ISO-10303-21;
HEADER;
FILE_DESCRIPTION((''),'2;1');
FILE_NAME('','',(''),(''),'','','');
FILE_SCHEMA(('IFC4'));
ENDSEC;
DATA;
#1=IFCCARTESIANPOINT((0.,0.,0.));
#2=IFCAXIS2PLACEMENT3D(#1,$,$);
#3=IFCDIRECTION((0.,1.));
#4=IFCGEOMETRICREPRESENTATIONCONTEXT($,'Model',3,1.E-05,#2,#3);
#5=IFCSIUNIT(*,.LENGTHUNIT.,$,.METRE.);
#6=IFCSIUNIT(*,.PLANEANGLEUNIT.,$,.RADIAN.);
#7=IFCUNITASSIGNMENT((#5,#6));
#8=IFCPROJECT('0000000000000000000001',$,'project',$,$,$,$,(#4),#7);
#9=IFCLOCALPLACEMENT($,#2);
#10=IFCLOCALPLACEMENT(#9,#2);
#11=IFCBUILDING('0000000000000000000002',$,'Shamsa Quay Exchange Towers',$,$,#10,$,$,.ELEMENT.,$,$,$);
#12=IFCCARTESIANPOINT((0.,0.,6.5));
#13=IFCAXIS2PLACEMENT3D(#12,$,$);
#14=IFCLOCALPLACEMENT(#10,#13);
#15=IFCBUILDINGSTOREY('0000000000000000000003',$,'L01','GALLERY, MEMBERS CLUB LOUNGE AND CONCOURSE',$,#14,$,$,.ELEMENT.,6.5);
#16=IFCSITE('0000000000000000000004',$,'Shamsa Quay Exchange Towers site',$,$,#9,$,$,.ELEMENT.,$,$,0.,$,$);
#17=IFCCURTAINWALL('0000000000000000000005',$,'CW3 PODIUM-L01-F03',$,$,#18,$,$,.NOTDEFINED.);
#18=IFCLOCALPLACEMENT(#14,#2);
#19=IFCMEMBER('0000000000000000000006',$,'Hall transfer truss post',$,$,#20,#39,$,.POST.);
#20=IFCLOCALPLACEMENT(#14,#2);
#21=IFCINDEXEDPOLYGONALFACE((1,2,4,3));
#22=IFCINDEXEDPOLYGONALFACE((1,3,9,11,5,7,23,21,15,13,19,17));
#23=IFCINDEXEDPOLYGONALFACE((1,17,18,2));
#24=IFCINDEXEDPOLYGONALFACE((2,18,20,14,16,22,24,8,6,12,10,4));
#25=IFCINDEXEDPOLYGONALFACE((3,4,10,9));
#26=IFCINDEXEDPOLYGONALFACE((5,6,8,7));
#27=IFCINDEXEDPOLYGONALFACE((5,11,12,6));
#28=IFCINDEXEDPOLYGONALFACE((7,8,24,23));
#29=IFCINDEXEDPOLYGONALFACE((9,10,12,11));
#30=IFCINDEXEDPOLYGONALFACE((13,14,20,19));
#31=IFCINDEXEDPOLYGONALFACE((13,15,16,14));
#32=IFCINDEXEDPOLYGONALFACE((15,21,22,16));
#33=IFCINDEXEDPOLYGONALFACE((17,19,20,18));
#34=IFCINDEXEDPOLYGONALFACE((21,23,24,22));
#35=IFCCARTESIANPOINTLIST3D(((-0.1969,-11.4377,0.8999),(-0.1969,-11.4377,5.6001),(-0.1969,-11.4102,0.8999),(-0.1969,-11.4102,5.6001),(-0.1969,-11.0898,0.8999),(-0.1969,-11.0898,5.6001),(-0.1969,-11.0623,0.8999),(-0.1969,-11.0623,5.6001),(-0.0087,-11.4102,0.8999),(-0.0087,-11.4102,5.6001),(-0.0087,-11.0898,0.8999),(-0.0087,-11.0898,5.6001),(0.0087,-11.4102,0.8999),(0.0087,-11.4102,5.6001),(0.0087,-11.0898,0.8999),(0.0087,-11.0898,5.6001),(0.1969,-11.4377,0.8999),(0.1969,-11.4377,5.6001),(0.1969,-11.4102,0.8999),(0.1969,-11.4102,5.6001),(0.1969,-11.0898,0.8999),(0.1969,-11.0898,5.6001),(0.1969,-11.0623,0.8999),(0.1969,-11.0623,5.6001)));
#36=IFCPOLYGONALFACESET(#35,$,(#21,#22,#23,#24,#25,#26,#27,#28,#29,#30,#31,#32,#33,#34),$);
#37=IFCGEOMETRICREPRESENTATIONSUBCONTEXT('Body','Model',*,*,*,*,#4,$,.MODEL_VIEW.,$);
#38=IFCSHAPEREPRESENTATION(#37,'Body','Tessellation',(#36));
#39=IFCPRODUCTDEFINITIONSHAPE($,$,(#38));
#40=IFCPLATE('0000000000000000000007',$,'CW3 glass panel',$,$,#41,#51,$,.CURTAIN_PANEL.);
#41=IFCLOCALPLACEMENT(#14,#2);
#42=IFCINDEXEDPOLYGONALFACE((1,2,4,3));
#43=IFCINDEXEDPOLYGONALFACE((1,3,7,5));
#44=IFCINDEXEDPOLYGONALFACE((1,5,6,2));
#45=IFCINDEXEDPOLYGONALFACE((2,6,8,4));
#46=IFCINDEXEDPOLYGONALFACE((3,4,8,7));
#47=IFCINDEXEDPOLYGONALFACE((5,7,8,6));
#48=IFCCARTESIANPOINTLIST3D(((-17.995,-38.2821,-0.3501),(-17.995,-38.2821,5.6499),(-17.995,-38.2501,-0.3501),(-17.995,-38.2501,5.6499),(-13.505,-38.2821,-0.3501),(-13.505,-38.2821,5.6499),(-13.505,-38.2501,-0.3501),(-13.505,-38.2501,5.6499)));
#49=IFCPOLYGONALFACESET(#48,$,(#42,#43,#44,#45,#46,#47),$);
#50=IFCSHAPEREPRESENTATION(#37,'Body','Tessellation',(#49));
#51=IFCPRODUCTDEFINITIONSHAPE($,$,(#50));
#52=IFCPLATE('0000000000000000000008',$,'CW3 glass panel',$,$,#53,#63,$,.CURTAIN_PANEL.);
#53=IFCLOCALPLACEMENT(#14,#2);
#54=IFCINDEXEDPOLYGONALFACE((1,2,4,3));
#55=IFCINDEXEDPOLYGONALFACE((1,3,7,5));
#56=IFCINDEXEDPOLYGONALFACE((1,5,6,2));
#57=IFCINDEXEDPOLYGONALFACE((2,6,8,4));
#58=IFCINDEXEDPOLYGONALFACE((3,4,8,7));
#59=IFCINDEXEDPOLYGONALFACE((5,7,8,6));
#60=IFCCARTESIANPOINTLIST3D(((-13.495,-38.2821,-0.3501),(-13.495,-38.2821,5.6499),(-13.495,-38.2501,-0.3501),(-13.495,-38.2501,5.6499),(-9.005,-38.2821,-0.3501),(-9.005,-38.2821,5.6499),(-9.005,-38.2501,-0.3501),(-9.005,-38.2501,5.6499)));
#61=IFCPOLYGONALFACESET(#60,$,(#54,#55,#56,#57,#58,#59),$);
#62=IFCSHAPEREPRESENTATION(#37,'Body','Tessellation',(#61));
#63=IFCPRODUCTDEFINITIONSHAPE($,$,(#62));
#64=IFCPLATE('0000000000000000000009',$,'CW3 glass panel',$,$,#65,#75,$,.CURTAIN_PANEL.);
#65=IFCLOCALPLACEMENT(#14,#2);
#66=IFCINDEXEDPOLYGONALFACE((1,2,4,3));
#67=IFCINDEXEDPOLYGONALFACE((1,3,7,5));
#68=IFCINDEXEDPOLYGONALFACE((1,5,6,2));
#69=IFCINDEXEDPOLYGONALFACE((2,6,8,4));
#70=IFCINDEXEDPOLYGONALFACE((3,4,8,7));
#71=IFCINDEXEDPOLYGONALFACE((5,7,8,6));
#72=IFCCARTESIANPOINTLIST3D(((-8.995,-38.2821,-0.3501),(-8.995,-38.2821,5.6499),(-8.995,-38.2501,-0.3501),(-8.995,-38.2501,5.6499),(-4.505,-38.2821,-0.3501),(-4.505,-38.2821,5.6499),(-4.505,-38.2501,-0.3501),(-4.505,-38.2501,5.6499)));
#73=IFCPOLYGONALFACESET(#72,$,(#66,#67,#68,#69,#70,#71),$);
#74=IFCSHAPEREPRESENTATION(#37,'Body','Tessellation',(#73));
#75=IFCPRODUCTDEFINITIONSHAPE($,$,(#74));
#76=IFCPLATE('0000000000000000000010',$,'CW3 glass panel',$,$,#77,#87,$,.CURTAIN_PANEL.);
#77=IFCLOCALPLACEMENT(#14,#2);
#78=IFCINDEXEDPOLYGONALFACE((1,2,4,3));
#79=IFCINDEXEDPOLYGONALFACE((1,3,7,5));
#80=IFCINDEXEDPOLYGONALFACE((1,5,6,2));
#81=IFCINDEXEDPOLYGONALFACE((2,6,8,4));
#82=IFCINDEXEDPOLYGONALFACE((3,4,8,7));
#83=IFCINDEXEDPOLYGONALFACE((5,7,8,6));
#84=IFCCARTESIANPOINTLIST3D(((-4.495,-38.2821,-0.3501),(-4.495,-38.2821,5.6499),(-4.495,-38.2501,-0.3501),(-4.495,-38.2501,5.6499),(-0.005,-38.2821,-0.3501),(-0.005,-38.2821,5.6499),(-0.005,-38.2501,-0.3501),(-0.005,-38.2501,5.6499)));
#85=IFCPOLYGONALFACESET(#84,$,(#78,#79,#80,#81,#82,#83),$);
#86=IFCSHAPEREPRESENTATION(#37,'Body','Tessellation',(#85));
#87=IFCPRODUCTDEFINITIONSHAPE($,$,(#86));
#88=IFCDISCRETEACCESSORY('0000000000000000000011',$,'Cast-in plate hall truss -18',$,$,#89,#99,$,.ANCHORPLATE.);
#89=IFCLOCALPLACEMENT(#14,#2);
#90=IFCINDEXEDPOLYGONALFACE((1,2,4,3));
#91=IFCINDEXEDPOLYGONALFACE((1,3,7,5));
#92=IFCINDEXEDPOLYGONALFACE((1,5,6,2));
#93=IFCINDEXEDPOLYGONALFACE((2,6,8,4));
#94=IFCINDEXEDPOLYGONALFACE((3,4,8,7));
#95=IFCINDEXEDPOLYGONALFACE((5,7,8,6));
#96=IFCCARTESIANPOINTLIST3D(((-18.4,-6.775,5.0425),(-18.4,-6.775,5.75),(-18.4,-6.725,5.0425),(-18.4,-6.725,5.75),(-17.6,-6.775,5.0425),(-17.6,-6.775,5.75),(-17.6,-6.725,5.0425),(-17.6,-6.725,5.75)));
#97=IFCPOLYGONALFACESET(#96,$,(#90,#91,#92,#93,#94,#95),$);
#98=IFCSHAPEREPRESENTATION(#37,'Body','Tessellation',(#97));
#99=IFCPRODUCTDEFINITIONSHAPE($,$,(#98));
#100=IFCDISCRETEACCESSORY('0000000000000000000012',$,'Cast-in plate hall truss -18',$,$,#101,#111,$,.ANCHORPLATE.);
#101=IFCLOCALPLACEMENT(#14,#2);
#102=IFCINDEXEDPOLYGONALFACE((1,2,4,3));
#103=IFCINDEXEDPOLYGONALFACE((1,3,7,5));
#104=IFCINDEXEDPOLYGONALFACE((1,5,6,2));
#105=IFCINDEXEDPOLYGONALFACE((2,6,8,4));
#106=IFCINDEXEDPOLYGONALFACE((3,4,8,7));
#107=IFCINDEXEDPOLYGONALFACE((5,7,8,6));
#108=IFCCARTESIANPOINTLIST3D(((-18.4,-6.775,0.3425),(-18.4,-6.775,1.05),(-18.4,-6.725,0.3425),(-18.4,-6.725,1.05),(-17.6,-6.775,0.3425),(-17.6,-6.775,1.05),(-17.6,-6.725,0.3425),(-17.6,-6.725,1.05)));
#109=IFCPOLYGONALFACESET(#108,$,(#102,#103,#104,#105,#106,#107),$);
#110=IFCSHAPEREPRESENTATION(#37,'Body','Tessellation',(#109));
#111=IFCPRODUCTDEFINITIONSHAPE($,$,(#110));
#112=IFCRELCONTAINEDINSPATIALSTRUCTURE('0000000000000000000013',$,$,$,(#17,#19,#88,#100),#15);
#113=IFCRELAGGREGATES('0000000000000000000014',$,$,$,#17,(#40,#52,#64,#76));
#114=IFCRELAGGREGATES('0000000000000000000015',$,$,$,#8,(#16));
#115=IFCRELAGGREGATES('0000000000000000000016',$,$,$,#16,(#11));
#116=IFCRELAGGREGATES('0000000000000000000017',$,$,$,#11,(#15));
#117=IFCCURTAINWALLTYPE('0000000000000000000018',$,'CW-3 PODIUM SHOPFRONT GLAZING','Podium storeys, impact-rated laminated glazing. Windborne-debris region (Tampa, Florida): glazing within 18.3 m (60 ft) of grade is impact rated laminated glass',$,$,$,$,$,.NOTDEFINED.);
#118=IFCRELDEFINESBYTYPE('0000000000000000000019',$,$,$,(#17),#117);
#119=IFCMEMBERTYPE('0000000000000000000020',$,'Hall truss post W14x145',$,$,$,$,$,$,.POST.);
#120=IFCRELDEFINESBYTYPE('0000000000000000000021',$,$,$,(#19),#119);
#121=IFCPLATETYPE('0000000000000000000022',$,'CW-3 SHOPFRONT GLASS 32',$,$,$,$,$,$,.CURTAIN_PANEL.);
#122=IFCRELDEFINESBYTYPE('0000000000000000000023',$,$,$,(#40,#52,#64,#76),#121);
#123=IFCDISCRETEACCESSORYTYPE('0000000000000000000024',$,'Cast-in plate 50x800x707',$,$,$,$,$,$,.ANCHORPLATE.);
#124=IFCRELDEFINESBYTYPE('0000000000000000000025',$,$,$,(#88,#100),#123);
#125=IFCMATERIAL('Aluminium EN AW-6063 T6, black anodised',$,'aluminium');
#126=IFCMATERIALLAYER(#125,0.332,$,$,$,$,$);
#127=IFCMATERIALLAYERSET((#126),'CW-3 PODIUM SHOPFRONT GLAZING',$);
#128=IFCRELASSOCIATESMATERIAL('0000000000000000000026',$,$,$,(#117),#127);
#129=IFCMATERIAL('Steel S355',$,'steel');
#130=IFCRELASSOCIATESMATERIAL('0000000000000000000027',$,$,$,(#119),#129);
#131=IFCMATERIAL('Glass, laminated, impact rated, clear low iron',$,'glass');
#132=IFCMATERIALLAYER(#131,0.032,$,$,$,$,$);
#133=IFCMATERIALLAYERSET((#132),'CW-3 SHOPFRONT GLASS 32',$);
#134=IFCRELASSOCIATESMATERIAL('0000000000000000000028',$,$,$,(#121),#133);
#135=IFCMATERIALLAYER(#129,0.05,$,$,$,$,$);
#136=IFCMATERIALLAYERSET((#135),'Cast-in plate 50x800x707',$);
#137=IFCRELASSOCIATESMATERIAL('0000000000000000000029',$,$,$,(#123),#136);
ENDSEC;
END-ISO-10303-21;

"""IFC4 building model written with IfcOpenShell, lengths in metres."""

from ifc_helpers import new_model, si_unit, direction, frame, origin, origin_2d, place, context, subcontext, project, spatial, rectangle, i_section, extrude, material, layer, layer_set, material_profile, profile_set, type_object, element, aggregate, save


model = new_model("IFC4")

# Units and contexts
model_context = context("Model", 3, precision=1e-05, world=origin(), true_north=direction((0.0, 1.0)))
body_context = subcontext(model_context, "Body", "Model", "MODEL_VIEW")
ifc_project = project(units=[si_unit("LENGTHUNIT", "METRE"), si_unit("PLANEANGLEUNIT", "RADIAN")], contexts=[model_context])

# Site, building, storey
site_placement = place(None, origin())
site = spatial("IfcSite", under=ifc_project, at=site_placement, Name="Shamsa Quay Exchange Towers site", CompositionType="ELEMENT", RefElevation=0.0)
building_placement = place(site_placement, origin())
building = spatial("IfcBuilding", under=site, at=building_placement, Name="Shamsa Quay Exchange Towers", CompositionType="ELEMENT")
storey_placement = place(building_placement, frame((0.0, 0.0, 6.5)))
storey = spatial("IfcBuildingStorey", under=building, at=storey_placement, Name="L01", Description="GALLERY, MEMBERS CLUB LOUNGE AND CONCOURSE", CompositionType="ELEMENT", Elevation=6.5)

# Curtain wall
ifc_material_1 = material(Name="Aluminium EN AW-6063 T6, black anodised", Category="aluminium")
ifc_layer_1 = layer(ifc_material_1, 0.332)
ifc_layer_set_1 = layer_set([ifc_layer_1], Name="CW-3 PODIUM SHOPFRONT GLAZING")
curtain_wall_type = type_object("IfcCurtainWallType", Name="CW-3 PODIUM SHOPFRONT GLAZING", Description="Podium storeys, impact-rated laminated glazing. Windborne-debris region (Tampa, Florida): glazing within 18.3 m (60 ft) of grade is impact rated laminated glass", PredefinedType="NOTDEFINED", material=ifc_layer_set_1)
curtain_wall_placement = place(storey_placement, origin())
curtain_wall = element("IfcCurtainWall", 1, at=curtain_wall_placement, inside=storey, type_object=curtain_wall_type, Name="CW3 PODIUM-L01-F03", PredefinedType="NOTDEFINED")

# Shared definitions
ifc_material_2 = material(Name="Steel S355", Category="steel")

# Member
ifc_material_profile_1 = material_profile(ifc_material_2, i_section(OverallWidth=0.3938, OverallDepth=0.3755, WebThickness=0.0173, FlangeThickness=0.0276, at=origin_2d()), Name="W14x145")
ifc_profile_set_1 = profile_set([ifc_material_profile_1], Name="Steel S355")
member_type_1 = type_object("IfcMemberType", Name="Hall truss post W14x145", PredefinedType="POST", material=ifc_profile_set_1)
for number, where, z_axis, x_axis, name in (
    (2, (0.0, -11.25, 0.8999), (0.0, 0.0, 1.0), (-1.0, 0.0, 0.0), "Hall transfer truss post"),
):
    element("IfcMember", number, at=place(storey_placement, frame(where, z_axis=z_axis, x_axis=x_axis)), inside=storey, type_object=member_type_1, Name=name, PredefinedType="POST", context=body_context, shape_type="SweptSolid", body=[
        extrude(i_section(OverallWidth=0.3938, OverallDepth=0.3755, WebThickness=0.0173, FlangeThickness=0.0276, at=origin_2d()), origin(), (0.0, 0.0, 1.0), 4.7002),
    ])

# Plates
ifc_material_3 = material(Name="Glass, laminated, impact rated, clear low iron", Category="glass")
ifc_layer_2 = layer(ifc_material_3, 0.032)
ifc_layer_set_2 = layer_set([ifc_layer_2], Name="CW-3 SHOPFRONT GLASS 32")
plate_type = type_object("IfcPlateType", Name="CW-3 SHOPFRONT GLASS 32", PredefinedType="CURTAIN_PANEL", material=ifc_layer_set_2)
plate_1_placement = place(storey_placement, frame((-15.75, -38.2661, -0.3501)))
plate_1 = element("IfcPlate", 3, at=plate_1_placement, type_object=plate_type, Name="CW3 glass panel", PredefinedType="CURTAIN_PANEL", context=body_context, shape_type="SweptSolid", body=[
    extrude(rectangle(XDim=4.49, YDim=0.032, at=origin_2d()), origin(), (0.0, 0.0, 1.0), 6.0),
])
plate_2_placement = place(storey_placement, frame((-11.25, -38.2661, -0.3501)))
plate_2 = element("IfcPlate", 4, at=plate_2_placement, type_object=plate_type, Name="CW3 glass panel", PredefinedType="CURTAIN_PANEL", context=body_context, shape_type="SweptSolid", body=[
    extrude(rectangle(XDim=4.49, YDim=0.032, at=origin_2d()), origin(), (0.0, 0.0, 1.0), 6.0),
])
plate_3_placement = place(storey_placement, frame((-6.75, -38.2661, -0.3501)))
plate_3 = element("IfcPlate", 5, at=plate_3_placement, type_object=plate_type, Name="CW3 glass panel", PredefinedType="CURTAIN_PANEL", context=body_context, shape_type="SweptSolid", body=[
    extrude(rectangle(XDim=4.49, YDim=0.032, at=origin_2d()), origin(), (0.0, 0.0, 1.0), 6.0),
])
plate_4_placement = place(storey_placement, frame((-2.25, -38.2661, -0.3501)))
plate_4 = element("IfcPlate", 6, at=plate_4_placement, type_object=plate_type, Name="CW3 glass panel", PredefinedType="CURTAIN_PANEL", context=body_context, shape_type="SweptSolid", body=[
    extrude(rectangle(XDim=4.49, YDim=0.032, at=origin_2d()), origin(), (0.0, 0.0, 1.0), 6.0),
])
aggregate(curtain_wall, [plate_1, plate_2, plate_3, plate_4])

# Discrete accessories
ifc_layer_3 = layer(ifc_material_2, 0.05)
ifc_layer_set_3 = layer_set([ifc_layer_3], Name="Cast-in plate 50x800x707")
discrete_accessory_type = type_object("IfcDiscreteAccessoryType", Name="Cast-in plate 50x800x707", PredefinedType="ANCHORPLATE", material=ifc_layer_set_3)
for number, where, z_axis, x_axis, name in (
    (7, (-18.0, -6.75, 5.0425), (0.0, 0.0, 1.0), (0.0, 1.0, 0.0), "Cast-in plate hall truss -18"),
    (8, (-18.0, -6.75, 0.3425), (0.0, 0.0, 1.0), (0.0, 1.0, 0.0), "Cast-in plate hall truss -18"),
):
    element("IfcDiscreteAccessory", number, at=place(storey_placement, frame(where, z_axis=z_axis, x_axis=x_axis)), inside=storey, type_object=discrete_accessory_type, Name=name, PredefinedType="ANCHORPLATE", context=body_context, shape_type="SweptSolid", body=[
        extrude(rectangle(XDim=0.05, YDim=0.8, at=origin_2d()), origin(), (0.0, 0.0, 1.0), 0.7075),
    ])

save(model, "model.ifc")
